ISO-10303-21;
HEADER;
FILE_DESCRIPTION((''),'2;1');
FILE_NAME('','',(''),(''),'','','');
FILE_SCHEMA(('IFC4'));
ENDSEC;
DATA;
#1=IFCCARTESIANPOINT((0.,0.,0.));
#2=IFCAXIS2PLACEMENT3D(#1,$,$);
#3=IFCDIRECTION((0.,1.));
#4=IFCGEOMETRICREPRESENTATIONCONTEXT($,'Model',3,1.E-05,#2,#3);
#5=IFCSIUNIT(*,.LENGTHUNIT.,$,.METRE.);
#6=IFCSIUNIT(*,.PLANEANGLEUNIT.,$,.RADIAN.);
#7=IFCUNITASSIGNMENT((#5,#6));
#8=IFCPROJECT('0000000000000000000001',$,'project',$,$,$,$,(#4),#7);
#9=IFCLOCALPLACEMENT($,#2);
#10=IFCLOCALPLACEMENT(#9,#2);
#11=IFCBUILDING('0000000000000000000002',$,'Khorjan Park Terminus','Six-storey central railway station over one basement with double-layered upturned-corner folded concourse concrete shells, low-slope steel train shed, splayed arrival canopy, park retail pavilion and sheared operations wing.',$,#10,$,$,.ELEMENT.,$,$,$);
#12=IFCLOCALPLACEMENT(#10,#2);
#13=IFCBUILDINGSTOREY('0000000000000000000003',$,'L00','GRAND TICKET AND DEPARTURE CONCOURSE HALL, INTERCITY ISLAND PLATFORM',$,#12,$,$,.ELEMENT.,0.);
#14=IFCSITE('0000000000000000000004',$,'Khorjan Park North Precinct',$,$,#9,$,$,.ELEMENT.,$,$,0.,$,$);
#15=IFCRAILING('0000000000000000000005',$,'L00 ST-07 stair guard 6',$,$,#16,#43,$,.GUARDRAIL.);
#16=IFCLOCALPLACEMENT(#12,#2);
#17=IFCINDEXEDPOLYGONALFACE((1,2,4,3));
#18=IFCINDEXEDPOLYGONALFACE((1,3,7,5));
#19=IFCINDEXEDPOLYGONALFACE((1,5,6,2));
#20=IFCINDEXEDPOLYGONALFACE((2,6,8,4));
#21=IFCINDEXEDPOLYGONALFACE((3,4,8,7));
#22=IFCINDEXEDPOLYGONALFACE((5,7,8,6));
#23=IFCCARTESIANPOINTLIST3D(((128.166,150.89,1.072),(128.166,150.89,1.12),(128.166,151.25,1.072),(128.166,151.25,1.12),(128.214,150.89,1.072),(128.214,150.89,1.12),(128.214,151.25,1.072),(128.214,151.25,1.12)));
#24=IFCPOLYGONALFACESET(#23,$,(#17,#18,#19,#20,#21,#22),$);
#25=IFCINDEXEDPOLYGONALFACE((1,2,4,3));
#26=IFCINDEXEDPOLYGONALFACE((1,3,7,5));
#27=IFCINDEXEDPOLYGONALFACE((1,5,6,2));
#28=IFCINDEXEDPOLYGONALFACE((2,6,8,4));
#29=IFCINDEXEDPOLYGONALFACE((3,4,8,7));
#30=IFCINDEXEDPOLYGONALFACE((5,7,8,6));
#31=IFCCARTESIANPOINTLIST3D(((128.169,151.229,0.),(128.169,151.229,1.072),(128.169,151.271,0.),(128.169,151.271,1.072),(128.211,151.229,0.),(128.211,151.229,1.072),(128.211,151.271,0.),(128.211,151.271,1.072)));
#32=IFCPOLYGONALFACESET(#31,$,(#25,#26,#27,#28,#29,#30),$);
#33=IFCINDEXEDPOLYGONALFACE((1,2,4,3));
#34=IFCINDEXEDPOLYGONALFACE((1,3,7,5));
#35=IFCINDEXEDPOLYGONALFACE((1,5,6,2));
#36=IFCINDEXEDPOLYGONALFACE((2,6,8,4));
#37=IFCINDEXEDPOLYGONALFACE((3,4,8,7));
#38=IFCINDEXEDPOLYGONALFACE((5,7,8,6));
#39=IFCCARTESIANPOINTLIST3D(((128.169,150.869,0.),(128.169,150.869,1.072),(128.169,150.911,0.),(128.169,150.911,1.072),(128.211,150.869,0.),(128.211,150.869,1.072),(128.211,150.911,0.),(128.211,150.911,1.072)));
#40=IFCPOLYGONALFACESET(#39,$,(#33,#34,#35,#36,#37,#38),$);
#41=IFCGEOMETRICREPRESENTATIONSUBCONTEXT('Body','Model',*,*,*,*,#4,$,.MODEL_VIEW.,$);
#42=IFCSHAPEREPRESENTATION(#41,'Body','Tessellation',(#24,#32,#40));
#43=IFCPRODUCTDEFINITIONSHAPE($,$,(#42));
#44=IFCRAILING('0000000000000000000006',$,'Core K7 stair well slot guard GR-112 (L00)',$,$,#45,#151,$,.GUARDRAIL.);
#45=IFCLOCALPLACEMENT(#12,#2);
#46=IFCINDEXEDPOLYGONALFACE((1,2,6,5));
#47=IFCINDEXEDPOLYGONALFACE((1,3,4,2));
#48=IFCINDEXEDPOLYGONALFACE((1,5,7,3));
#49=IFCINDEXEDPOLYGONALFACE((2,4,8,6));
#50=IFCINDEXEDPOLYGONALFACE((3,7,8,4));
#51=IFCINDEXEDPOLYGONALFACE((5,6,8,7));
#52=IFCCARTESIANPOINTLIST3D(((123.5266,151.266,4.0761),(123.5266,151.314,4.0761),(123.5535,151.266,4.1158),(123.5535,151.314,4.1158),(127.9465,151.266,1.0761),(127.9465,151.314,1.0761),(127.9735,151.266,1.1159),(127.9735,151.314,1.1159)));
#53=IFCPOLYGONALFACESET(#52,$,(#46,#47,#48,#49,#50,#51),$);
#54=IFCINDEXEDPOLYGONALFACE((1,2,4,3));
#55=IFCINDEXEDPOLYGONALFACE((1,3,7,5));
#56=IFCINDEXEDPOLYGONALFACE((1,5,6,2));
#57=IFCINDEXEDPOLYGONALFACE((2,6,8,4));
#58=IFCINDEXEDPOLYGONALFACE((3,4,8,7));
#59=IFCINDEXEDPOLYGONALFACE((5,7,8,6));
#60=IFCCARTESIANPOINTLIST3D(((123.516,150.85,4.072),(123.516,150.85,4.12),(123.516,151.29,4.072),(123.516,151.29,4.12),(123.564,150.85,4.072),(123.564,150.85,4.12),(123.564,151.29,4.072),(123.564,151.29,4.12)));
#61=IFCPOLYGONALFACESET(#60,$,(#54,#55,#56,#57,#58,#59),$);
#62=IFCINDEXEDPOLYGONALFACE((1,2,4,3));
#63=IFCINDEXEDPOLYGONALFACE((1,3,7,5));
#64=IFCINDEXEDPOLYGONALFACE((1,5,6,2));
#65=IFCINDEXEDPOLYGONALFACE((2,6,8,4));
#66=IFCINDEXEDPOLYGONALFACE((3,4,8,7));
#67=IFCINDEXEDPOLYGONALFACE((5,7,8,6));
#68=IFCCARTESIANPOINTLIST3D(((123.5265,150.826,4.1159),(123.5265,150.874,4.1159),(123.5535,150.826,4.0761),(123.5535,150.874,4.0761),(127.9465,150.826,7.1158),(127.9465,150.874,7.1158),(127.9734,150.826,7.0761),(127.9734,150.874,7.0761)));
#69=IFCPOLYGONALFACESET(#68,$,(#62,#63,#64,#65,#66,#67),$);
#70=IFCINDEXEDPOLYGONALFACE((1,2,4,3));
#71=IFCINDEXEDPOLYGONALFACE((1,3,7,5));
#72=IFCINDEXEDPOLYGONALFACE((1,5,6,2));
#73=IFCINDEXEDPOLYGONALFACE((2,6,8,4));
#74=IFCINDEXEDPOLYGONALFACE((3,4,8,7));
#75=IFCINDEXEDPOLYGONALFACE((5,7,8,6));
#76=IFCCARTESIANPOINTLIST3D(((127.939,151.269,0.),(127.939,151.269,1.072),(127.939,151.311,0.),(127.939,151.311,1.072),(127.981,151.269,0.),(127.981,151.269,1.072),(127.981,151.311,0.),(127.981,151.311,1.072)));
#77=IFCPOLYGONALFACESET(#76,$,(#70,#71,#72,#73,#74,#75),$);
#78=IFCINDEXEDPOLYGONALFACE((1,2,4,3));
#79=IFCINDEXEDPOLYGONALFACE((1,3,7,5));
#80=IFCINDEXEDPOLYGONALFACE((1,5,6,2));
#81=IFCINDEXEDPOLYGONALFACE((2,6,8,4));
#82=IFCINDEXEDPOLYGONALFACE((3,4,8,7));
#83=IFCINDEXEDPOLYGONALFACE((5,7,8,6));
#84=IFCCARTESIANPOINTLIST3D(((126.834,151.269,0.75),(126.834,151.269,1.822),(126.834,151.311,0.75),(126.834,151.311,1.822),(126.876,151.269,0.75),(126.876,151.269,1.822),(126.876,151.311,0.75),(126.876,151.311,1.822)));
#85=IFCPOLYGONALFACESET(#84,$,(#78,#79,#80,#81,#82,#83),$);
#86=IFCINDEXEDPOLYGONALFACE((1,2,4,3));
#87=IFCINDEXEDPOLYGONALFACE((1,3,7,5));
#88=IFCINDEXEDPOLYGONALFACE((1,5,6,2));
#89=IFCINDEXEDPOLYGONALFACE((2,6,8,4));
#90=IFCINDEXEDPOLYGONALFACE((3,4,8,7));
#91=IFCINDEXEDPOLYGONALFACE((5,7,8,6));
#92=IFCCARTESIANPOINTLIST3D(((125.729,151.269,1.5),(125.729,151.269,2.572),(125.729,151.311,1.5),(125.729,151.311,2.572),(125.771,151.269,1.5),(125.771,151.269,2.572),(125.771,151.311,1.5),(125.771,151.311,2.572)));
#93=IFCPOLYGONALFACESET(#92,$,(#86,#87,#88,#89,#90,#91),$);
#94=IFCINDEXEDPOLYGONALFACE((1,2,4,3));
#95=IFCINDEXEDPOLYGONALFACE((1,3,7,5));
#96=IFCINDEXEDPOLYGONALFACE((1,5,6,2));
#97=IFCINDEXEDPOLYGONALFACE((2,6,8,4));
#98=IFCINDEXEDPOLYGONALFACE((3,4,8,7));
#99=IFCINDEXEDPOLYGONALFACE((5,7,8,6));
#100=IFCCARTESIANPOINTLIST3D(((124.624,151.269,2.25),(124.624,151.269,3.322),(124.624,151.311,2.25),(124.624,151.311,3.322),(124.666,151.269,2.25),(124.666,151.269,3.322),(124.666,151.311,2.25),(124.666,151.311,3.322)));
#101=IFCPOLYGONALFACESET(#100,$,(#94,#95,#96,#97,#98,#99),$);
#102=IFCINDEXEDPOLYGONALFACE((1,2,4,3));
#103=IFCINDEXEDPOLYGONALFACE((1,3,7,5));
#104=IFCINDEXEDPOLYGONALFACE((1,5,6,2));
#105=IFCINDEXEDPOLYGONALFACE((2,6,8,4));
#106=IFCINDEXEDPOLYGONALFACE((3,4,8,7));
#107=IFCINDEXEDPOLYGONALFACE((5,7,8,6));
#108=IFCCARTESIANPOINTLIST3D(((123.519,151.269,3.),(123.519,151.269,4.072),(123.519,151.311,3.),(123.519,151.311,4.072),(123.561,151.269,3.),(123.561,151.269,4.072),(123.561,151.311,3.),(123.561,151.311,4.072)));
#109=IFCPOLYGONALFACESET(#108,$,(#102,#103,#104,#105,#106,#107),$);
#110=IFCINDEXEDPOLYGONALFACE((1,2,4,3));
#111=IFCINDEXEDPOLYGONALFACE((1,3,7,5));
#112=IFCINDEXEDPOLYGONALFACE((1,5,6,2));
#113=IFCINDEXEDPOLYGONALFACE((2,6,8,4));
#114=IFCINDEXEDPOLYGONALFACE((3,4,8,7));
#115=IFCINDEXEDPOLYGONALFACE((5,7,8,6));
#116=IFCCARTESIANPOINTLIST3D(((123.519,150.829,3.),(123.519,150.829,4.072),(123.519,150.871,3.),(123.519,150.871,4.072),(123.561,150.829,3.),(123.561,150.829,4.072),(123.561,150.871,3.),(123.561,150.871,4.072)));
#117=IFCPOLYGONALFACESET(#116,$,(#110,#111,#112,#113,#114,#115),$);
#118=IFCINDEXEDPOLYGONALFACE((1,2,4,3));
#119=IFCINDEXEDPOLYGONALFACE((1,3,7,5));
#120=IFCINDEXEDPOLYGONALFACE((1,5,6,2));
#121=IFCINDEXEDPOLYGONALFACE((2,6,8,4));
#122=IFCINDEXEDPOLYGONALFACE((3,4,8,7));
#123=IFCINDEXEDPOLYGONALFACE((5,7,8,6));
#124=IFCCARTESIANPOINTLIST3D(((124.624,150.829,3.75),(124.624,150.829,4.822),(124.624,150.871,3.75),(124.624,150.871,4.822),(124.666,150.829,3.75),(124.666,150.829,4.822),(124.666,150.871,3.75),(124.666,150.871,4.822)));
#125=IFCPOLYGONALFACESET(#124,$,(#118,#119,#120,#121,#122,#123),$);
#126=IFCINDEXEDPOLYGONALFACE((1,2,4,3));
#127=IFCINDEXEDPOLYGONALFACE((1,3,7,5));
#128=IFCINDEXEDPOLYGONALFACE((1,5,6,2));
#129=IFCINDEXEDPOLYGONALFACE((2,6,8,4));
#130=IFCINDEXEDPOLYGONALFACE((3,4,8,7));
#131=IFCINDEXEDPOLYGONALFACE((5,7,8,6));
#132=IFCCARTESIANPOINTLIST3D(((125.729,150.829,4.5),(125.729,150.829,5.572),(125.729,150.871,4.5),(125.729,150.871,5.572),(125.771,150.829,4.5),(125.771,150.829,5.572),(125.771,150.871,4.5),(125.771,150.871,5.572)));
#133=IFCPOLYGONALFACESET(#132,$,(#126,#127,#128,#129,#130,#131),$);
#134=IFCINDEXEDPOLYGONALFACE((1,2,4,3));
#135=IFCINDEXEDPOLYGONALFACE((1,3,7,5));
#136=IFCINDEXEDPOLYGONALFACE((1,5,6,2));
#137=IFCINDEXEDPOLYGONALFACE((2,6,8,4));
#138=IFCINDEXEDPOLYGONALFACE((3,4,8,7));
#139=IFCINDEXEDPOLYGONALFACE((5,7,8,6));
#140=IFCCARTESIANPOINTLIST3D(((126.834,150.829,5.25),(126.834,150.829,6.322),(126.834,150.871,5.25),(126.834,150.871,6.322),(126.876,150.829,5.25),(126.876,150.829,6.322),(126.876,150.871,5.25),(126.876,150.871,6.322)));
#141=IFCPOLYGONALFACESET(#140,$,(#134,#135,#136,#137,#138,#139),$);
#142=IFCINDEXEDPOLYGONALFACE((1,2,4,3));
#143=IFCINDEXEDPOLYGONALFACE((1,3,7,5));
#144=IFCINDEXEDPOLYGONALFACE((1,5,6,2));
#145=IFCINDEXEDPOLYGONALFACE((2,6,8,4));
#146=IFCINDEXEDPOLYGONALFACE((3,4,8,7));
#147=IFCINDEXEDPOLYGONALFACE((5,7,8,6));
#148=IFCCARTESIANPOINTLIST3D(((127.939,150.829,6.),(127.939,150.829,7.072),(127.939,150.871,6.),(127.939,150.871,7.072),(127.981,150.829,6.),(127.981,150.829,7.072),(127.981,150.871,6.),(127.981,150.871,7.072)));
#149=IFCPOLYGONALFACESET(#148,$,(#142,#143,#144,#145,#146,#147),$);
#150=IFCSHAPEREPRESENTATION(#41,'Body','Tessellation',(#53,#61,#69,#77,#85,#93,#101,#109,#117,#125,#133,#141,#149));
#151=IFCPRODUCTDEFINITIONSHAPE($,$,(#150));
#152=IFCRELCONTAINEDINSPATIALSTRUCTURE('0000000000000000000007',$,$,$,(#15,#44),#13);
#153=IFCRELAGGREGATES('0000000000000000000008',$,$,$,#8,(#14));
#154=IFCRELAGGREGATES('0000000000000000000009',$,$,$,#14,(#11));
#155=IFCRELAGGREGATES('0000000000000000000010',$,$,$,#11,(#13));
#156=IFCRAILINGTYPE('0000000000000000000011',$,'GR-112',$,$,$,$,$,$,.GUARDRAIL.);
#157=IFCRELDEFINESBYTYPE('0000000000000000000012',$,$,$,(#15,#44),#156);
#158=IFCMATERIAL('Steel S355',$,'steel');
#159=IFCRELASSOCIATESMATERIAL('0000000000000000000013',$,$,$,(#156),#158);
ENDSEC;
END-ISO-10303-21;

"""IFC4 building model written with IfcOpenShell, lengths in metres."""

from ifc_helpers import new_model, si_unit, direction, frame, origin, origin_2d, place, context, subcontext, project, spatial, rectangle, extrude, material, type_object, element, save


model = new_model("IFC4")

# Units and contexts
model_context = context("Model", 3, precision=1e-05, world=origin(), true_north=direction((0.0, 1.0)))
body_context = subcontext(model_context, "Body", "Model", "MODEL_VIEW")
ifc_project = project(units=[si_unit("LENGTHUNIT", "METRE"), si_unit("PLANEANGLEUNIT", "RADIAN")], contexts=[model_context])

# Site, building, storey
site_placement = place(None, origin())
site = spatial("IfcSite", under=ifc_project, at=site_placement, Name="Khorjan Park North Precinct", CompositionType="ELEMENT", RefElevation=0.0)
building_placement = place(site_placement, origin())
building = spatial("IfcBuilding", under=site, at=building_placement, Name="Khorjan Park Terminus", Description="Six-storey central railway station over one basement with double-layered upturned-corner folded concourse concrete shells, low-slope steel train shed, splayed arrival canopy, park retail pavilion and sheared operations wing.", CompositionType="ELEMENT")
storey_placement = place(building_placement, origin())
storey = spatial("IfcBuildingStorey", under=building, at=storey_placement, Name="L00", Description="GRAND TICKET AND DEPARTURE CONCOURSE HALL, INTERCITY ISLAND PLATFORM", CompositionType="ELEMENT", Elevation=0.0)

# Shared definitions
ifc_material_1 = material(Name="Steel S355", Category="steel")

# Railings
railing_type_1 = type_object("IfcRailingType", Name="GR-112", PredefinedType="GUARDRAIL", material=ifc_material_1)
railing_1_placement = place(storey_placement, frame((128.19, 151.25, 0.0)))
element("IfcRailing", 1, at=railing_1_placement, inside=storey, type_object=railing_type_1, Name="L00 ST-07 stair guard 6", PredefinedType="GUARDRAIL", context=body_context, shape_type="SweptSolid", body=[
    extrude(rectangle(XDim=0.048, YDim=0.048, at=origin_2d()), frame((0.0, 0.0, 1.096), z_axis=(0.0, -1.0, 0.0), x_axis=(1.0, 0.0, 0.0)), (0.0, 0.0, 1.0), 0.36),
    extrude(rectangle(XDim=0.042, YDim=0.042, at=origin_2d()), origin(), (0.0, 0.0, 1.0), 1.072),
    extrude(rectangle(XDim=0.042, YDim=0.042, at=origin_2d()), frame((0.0, -0.36, 0.0)), (0.0, 0.0, 1.0), 1.072),
])
railing_2_placement = place(storey_placement, frame((127.96, 151.29, 0.0)))
element("IfcRailing", 2, at=railing_2_placement, inside=storey, type_object=railing_type_1, Name="Core K7 stair well slot guard GR-112 (L00)", PredefinedType="GUARDRAIL", context=body_context, shape_type="SweptSolid", body=[
    extrude(rectangle(XDim=0.048, YDim=0.048, at=origin_2d()), frame((0.0, 0.0, 1.096), z_axis=(-0.827414, 0.0, 0.561593), x_axis=(0.0, -1.0, 0.0)), (0.0, 0.0, 1.0), 5.3419),
    extrude(rectangle(XDim=0.048, YDim=0.048, at=origin_2d()), frame((-4.42, 0.0, 4.096), z_axis=(0.0, -1.0, 0.0), x_axis=(1.0, 0.0, 0.0)), (0.0, 0.0, 1.0), 0.44),
    extrude(rectangle(XDim=0.048, YDim=0.048, at=origin_2d()), frame((-4.42, -0.44, 4.096), z_axis=(0.827414, 0.0, 0.561593), x_axis=(0.0, 1.0, 0.0)), (0.0, 0.0, 1.0), 5.3419),
    extrude(rectangle(XDim=0.042, YDim=0.042, at=origin_2d()), origin(), (0.0, 0.0, 1.0), 1.072),
    extrude(rectangle(XDim=0.042, YDim=0.042, at=origin_2d()), frame((-1.105, 0.0, 0.75)), (0.0, 0.0, 1.0), 1.072),
    extrude(rectangle(XDim=0.042, YDim=0.042, at=origin_2d()), frame((-2.21, 0.0, 1.5)), (0.0, 0.0, 1.0), 1.072),
    extrude(rectangle(XDim=0.042, YDim=0.042, at=origin_2d()), frame((-3.315, 0.0, 2.25)), (0.0, 0.0, 1.0), 1.072),
    extrude(rectangle(XDim=0.042, YDim=0.042, at=origin_2d()), frame((-4.42, 0.0, 3.0)), (0.0, 0.0, 1.0), 1.072),
    extrude(rectangle(XDim=0.042, YDim=0.042, at=origin_2d()), frame((-4.42, -0.44, 3.0)), (0.0, 0.0, 1.0), 1.072),
    extrude(rectangle(XDim=0.042, YDim=0.042, at=origin_2d()), frame((-3.315, -0.44, 3.75)), (0.0, 0.0, 1.0), 1.072),
    extrude(rectangle(XDim=0.042, YDim=0.042, at=origin_2d()), frame((-2.21, -0.44, 4.5)), (0.0, 0.0, 1.0), 1.072),
    extrude(rectangle(XDim=0.042, YDim=0.042, at=origin_2d()), frame((-1.105, -0.44, 5.25)), (0.0, 0.0, 1.0), 1.072),
    extrude(rectangle(XDim=0.042, YDim=0.042, at=origin_2d()), frame((0.0, -0.44, 6.0)), (0.0, 0.0, 1.0), 1.072),
])

save(model, "model.ifc")
